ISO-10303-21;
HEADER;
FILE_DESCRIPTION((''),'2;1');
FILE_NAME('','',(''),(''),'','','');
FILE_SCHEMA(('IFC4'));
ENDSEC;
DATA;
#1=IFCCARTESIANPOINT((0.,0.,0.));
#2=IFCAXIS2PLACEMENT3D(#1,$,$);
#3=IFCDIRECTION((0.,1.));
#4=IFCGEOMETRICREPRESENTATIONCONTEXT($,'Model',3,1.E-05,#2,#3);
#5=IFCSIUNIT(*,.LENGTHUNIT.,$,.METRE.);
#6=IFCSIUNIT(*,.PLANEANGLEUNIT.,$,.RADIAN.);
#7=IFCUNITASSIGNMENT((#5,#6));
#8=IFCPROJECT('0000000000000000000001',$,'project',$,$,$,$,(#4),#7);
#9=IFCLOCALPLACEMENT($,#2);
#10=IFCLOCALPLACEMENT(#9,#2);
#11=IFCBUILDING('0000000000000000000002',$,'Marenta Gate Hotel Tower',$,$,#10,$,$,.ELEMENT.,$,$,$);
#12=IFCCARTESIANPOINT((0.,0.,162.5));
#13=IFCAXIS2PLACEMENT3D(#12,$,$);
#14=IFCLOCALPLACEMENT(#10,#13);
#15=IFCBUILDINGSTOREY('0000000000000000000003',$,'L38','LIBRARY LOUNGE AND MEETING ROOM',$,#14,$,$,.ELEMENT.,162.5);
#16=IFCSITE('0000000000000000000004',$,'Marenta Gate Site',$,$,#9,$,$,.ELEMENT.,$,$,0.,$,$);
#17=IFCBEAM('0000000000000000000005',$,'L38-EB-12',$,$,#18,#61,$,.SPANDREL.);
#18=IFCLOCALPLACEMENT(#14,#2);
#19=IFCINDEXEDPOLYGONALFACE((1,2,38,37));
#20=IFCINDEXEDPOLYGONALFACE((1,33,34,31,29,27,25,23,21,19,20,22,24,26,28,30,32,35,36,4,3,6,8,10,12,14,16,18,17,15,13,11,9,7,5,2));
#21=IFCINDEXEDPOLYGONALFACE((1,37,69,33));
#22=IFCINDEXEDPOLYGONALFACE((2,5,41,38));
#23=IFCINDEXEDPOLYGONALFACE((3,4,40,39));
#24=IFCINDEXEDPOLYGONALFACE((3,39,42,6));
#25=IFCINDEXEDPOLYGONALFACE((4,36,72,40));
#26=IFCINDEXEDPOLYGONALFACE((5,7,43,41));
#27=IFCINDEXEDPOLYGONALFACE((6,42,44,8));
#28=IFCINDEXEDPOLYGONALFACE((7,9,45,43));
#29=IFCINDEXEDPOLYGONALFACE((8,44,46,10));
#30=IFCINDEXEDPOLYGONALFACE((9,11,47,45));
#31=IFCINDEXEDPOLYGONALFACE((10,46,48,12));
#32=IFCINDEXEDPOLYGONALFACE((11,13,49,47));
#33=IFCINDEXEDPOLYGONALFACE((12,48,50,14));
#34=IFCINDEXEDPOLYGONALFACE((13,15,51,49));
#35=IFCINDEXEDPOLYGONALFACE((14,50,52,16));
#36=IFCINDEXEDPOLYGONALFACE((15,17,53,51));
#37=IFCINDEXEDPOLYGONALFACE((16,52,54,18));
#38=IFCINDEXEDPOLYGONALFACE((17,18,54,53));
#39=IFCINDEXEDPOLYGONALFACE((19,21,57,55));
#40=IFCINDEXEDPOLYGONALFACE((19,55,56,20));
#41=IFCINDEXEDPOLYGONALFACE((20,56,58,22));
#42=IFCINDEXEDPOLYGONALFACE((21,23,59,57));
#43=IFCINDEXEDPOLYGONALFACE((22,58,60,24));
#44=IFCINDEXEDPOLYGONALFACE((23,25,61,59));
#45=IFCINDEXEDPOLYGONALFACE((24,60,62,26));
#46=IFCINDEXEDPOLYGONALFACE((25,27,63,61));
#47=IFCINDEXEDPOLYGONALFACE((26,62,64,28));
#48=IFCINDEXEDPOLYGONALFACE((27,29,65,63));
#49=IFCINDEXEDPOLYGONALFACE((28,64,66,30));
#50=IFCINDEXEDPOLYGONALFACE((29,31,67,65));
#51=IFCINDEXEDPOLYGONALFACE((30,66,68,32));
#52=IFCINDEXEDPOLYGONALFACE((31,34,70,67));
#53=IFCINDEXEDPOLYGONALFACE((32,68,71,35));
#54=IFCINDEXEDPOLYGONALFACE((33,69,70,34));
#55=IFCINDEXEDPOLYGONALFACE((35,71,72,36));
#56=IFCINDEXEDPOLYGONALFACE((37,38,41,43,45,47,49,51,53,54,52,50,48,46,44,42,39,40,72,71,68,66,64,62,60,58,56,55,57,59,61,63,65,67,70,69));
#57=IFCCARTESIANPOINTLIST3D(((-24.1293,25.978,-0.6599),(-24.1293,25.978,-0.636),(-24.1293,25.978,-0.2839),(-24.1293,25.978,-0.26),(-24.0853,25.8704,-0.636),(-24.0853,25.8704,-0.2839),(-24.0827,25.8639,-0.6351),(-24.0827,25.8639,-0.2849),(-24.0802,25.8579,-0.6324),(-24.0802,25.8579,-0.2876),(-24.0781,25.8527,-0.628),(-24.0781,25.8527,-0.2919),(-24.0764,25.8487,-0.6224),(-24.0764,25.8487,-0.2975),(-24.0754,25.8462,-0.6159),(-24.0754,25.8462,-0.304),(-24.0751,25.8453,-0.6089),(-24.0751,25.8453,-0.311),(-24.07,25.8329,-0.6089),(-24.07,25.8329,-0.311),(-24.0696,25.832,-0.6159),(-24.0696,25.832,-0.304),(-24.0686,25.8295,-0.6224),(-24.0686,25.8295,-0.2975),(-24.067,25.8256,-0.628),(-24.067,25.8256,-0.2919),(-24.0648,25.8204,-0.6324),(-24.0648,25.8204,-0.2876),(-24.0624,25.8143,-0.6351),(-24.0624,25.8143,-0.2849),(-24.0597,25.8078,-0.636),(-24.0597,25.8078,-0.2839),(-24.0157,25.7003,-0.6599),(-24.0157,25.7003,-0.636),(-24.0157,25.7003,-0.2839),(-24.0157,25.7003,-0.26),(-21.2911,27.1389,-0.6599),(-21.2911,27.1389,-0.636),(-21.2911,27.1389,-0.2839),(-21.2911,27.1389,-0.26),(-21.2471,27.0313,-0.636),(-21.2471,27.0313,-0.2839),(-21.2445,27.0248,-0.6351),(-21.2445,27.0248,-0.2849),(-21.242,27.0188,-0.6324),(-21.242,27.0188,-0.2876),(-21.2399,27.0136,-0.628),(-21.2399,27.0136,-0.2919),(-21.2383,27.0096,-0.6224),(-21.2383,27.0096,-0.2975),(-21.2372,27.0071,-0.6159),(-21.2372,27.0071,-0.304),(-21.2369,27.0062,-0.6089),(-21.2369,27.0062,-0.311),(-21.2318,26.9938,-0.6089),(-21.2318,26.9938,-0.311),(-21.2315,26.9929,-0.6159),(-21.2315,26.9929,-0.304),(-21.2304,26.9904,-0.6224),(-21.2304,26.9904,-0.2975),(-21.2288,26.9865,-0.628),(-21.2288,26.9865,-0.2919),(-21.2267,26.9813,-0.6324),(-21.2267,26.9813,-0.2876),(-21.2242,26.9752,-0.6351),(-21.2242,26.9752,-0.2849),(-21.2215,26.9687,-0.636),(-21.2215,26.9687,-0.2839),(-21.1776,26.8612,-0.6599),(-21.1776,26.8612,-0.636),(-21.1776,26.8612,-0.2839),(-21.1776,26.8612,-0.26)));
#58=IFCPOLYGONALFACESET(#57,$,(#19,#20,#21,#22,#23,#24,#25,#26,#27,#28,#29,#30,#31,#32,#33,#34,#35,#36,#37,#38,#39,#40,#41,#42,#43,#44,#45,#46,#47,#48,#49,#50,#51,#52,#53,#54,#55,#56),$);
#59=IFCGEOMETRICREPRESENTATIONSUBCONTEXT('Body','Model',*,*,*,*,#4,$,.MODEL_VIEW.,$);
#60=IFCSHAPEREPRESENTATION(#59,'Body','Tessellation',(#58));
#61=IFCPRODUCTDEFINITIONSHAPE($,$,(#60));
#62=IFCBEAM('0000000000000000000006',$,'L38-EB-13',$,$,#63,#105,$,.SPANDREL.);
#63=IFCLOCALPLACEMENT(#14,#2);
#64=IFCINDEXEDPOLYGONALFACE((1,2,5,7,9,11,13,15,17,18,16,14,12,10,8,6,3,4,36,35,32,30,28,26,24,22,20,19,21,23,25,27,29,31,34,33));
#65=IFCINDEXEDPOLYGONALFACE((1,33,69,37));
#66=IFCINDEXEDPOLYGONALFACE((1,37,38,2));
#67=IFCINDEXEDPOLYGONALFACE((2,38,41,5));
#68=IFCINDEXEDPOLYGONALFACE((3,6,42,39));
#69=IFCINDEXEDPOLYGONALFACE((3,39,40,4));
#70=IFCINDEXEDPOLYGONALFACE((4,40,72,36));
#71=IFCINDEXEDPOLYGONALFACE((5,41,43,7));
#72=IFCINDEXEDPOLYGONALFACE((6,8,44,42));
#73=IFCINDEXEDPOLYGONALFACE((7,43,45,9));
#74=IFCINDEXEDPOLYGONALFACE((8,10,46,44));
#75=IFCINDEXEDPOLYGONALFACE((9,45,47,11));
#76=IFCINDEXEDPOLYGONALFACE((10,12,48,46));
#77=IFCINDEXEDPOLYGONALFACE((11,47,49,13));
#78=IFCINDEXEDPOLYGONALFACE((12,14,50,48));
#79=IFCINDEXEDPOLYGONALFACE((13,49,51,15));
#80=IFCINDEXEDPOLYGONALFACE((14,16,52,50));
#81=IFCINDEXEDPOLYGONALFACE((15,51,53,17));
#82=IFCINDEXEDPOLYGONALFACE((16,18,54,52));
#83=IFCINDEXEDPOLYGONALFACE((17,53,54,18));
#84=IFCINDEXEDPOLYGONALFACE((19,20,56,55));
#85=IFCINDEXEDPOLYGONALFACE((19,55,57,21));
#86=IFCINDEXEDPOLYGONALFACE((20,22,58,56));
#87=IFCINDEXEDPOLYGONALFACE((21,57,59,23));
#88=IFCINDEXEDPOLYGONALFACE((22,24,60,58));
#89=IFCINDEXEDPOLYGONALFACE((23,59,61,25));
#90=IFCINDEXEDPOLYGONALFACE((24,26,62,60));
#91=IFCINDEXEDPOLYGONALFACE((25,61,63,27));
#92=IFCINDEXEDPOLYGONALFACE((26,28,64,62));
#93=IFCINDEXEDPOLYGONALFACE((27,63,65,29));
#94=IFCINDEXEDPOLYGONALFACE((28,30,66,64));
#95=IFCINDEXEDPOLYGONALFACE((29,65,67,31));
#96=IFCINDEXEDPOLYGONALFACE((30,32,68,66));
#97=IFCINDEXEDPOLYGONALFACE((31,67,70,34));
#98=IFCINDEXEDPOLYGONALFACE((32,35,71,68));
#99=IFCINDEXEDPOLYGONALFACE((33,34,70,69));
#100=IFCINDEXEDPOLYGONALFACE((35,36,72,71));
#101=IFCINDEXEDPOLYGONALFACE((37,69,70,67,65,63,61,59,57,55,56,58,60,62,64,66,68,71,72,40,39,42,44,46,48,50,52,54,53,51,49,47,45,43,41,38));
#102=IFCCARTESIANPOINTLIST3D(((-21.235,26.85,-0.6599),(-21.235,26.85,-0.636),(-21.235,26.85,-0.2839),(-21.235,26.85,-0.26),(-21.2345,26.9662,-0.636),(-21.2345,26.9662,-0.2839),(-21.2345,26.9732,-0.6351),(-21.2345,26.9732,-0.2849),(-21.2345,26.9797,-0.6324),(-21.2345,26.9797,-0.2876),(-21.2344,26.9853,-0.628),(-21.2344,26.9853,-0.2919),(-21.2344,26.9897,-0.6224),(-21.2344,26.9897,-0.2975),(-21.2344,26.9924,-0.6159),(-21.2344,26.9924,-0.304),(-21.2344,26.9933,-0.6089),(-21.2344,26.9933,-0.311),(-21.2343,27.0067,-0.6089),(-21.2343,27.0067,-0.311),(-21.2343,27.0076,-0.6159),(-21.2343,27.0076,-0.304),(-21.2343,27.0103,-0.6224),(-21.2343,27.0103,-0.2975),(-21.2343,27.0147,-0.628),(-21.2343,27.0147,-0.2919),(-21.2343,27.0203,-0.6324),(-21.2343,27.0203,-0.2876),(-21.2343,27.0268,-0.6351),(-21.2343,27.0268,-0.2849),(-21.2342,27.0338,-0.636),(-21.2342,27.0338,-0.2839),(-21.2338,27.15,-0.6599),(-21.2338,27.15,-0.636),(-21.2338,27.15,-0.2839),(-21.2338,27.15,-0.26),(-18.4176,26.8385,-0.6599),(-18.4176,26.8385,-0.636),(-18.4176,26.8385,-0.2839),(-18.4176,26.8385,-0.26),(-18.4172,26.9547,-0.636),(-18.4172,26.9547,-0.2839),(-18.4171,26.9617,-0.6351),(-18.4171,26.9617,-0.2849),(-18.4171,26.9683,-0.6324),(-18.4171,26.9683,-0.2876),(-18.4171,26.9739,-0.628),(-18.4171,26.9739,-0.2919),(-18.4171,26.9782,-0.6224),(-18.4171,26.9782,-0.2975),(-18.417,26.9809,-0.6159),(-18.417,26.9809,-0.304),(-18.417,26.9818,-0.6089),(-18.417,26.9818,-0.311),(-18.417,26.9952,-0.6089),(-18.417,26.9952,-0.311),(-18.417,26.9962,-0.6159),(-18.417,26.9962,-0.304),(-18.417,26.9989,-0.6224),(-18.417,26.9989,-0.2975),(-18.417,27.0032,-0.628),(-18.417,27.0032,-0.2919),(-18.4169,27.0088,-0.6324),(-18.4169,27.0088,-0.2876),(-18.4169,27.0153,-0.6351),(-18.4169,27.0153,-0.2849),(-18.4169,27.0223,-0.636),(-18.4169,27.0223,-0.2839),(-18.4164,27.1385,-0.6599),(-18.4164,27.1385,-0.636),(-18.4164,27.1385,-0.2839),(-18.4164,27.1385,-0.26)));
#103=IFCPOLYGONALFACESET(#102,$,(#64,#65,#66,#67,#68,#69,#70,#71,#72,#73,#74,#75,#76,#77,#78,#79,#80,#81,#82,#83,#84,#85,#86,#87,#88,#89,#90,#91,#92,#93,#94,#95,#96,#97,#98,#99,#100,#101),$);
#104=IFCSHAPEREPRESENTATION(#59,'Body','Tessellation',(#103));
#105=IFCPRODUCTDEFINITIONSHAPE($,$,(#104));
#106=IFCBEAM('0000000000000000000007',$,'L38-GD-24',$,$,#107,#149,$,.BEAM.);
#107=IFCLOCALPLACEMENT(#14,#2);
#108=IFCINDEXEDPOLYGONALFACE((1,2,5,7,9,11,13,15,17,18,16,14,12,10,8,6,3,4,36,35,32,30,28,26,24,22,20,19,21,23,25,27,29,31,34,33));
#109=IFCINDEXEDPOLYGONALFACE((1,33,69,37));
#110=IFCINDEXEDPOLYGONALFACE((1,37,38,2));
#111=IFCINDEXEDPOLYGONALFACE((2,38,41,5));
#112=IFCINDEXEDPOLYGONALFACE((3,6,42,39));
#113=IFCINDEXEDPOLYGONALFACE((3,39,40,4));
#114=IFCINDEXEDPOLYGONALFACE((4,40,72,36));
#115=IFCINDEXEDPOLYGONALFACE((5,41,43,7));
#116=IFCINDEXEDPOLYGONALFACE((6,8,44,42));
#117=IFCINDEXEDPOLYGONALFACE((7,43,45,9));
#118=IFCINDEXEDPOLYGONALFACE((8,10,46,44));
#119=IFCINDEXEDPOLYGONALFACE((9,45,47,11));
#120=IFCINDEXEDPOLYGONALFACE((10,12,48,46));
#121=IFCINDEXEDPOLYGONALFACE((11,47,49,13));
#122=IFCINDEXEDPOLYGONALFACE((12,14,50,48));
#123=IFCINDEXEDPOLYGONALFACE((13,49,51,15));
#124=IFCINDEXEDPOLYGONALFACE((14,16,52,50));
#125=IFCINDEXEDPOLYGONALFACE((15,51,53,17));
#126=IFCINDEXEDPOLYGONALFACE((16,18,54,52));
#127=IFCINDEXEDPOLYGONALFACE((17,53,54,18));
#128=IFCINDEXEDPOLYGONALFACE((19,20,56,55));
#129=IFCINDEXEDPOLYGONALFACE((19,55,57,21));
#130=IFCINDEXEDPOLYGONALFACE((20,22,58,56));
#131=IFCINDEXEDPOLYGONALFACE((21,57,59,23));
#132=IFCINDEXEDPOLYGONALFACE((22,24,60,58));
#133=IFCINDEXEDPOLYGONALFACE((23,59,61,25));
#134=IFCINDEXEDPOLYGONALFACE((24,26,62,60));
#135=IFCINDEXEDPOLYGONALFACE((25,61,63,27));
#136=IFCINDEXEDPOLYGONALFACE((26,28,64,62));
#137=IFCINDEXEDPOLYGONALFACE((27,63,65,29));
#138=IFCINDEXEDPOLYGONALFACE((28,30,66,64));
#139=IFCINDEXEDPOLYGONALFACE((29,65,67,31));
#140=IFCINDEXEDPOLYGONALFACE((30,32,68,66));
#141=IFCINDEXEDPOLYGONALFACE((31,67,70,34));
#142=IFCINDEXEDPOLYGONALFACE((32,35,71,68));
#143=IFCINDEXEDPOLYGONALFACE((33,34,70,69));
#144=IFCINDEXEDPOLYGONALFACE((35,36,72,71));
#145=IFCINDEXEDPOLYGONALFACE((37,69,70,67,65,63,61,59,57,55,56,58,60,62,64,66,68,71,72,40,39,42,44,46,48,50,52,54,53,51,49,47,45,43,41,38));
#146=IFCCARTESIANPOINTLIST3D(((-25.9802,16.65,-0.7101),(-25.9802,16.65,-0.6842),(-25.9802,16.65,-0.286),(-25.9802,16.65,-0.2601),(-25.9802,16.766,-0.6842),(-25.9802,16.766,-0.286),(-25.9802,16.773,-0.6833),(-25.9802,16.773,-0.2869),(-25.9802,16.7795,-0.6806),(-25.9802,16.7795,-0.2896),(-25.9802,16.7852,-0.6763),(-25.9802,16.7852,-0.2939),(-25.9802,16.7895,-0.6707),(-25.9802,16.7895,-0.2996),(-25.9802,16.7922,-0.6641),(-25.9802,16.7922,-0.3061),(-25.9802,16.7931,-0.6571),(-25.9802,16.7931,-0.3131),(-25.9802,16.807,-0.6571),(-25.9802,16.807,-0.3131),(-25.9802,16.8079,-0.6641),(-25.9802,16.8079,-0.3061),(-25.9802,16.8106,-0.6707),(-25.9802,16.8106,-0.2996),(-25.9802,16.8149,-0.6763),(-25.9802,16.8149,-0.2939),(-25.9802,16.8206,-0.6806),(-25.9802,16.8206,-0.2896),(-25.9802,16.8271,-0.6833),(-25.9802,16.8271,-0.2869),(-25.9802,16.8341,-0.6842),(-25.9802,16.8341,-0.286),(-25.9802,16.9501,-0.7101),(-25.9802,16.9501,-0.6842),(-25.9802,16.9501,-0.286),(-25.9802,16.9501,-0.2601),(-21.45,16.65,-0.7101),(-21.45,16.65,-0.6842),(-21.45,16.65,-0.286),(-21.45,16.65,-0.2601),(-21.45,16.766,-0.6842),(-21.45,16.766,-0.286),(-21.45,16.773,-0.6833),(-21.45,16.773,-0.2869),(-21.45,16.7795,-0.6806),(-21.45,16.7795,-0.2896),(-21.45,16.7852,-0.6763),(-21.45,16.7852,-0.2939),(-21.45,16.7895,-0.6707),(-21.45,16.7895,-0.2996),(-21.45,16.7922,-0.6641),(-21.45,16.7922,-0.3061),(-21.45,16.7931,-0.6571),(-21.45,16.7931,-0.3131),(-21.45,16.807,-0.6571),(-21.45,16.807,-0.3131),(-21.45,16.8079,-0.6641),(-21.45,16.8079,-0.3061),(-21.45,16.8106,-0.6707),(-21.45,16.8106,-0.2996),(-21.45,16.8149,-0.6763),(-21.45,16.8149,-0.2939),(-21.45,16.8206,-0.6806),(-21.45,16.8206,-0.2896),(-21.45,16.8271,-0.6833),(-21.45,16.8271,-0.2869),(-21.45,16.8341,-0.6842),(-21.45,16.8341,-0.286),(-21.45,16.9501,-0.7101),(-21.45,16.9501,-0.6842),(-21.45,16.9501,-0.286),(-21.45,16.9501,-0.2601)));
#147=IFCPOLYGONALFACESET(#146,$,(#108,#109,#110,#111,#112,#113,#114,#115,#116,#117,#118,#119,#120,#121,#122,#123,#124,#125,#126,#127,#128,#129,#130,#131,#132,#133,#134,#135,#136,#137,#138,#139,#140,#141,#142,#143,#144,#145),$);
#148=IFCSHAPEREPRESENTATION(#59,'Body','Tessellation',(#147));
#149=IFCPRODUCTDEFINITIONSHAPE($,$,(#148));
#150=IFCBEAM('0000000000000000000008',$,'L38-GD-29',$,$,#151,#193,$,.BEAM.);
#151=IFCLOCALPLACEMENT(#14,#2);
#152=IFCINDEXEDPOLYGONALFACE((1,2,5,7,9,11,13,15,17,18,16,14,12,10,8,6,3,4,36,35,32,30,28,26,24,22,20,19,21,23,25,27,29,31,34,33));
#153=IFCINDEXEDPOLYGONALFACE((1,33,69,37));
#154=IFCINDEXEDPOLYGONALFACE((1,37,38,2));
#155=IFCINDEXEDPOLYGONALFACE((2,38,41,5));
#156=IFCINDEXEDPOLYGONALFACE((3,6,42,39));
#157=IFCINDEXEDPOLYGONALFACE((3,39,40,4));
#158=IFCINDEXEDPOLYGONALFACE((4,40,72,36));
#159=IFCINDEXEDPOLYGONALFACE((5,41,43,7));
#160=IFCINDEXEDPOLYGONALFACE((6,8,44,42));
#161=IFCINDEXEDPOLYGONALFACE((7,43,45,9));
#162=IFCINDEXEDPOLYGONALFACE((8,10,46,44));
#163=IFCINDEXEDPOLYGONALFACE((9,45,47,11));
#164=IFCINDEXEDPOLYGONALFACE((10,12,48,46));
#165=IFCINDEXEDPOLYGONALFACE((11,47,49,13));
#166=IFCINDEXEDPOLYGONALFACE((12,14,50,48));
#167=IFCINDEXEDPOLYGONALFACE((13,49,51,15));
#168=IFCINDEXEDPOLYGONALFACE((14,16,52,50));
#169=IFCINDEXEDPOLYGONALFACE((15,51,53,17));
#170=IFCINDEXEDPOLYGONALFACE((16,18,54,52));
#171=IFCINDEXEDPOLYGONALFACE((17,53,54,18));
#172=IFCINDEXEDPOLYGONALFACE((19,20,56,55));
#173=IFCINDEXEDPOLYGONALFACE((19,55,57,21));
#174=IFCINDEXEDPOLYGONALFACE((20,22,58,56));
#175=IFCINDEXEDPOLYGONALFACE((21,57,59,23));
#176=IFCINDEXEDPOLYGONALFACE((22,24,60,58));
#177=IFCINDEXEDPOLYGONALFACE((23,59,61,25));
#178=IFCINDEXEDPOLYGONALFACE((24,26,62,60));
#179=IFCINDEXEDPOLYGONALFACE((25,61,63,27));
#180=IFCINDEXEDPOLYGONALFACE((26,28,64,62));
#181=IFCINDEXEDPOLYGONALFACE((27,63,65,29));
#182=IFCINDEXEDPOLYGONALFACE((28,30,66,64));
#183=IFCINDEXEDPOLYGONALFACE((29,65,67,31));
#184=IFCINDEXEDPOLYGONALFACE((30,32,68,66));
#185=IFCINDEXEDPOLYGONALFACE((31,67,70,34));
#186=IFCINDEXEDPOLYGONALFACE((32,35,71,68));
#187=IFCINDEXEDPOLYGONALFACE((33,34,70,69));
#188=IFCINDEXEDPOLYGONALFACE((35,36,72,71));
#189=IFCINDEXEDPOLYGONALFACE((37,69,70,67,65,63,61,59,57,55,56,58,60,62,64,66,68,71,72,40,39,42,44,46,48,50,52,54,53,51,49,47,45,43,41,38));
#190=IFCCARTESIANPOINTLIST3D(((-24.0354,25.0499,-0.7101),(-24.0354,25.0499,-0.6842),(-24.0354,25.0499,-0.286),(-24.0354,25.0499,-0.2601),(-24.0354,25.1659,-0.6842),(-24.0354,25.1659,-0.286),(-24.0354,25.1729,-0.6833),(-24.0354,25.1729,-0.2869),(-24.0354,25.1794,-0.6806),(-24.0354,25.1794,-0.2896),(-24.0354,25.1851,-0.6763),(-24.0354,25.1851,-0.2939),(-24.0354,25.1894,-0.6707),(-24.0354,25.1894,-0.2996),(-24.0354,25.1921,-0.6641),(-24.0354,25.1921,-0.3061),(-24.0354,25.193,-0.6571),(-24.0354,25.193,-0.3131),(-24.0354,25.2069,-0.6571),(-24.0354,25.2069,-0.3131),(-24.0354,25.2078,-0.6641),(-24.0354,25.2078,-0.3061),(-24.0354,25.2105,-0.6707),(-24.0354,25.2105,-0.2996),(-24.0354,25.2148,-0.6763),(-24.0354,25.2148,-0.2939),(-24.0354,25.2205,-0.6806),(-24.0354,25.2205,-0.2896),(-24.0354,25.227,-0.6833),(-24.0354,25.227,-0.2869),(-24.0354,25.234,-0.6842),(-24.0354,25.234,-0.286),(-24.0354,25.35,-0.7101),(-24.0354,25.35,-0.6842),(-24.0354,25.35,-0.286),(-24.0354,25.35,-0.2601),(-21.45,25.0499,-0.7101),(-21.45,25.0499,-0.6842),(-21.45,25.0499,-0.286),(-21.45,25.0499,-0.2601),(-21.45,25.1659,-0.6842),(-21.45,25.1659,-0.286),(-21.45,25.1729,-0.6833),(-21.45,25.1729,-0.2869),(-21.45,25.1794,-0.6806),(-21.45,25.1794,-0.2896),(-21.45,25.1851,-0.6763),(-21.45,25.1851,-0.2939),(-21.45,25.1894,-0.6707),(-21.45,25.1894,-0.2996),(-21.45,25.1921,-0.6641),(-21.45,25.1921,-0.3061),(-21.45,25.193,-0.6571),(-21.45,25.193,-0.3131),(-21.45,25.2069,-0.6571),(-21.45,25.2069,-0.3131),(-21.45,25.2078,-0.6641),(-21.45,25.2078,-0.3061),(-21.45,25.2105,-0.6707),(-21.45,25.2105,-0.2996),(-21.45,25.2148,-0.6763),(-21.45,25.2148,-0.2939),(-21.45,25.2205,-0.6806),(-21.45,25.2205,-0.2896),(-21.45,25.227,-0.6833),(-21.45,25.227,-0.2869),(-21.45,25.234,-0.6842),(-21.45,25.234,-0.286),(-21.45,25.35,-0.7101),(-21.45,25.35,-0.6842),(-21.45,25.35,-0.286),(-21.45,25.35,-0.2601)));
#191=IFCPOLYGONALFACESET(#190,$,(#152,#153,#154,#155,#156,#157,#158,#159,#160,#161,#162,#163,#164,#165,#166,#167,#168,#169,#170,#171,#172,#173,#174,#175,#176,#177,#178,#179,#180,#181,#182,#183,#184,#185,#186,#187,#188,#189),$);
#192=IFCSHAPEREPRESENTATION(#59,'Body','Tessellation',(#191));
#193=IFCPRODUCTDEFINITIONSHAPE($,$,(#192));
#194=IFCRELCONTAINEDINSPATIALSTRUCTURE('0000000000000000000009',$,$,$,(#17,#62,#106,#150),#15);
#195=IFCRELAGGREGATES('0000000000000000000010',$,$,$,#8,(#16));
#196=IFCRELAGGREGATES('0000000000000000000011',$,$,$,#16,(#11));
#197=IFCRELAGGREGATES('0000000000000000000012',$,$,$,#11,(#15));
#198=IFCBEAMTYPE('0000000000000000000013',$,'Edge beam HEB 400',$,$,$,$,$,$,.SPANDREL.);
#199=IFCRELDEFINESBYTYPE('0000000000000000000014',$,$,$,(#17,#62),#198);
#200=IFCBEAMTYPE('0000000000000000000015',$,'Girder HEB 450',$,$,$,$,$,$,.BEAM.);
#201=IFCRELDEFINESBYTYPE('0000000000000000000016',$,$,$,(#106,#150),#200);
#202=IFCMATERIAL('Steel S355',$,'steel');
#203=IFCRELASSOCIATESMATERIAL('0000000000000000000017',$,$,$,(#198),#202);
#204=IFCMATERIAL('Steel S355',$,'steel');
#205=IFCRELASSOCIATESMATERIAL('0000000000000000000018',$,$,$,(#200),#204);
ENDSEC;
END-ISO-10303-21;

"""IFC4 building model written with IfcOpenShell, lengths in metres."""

from ifc_helpers import new_model, si_unit, direction, frame, origin, origin_2d, place, context, subcontext, project, spatial, i_section, extrude, material, material_profile, profile_set, type_object, element, save


model = new_model("IFC4")

# Units and contexts
model_context = context("Model", 3, precision=1e-05, world=origin(), true_north=direction((0.0, 1.0)))
body_context = subcontext(model_context, "Body", "Model", "MODEL_VIEW")
ifc_project = project(units=[si_unit("LENGTHUNIT", "METRE"), si_unit("PLANEANGLEUNIT", "RADIAN")], contexts=[model_context])

# Site, building, storey
site_placement = place(None, origin())
site = spatial("IfcSite", under=ifc_project, at=site_placement, Name="Marenta Gate Site", CompositionType="ELEMENT", RefElevation=0.0)
building_placement = place(site_placement, origin())
building = spatial("IfcBuilding", under=site, at=building_placement, Name="Marenta Gate Hotel Tower", CompositionType="ELEMENT")
storey_placement = place(building_placement, frame((0.0, 0.0, 162.5)))
storey = spatial("IfcBuildingStorey", under=building, at=storey_placement, Name="L38", Description="LIBRARY LOUNGE AND MEETING ROOM", CompositionType="ELEMENT", Elevation=162.5)

# Beams
ifc_material_1 = material(Name="Steel S355", Category="steel")
ifc_material_profile_1 = material_profile(ifc_material_1, i_section(OverallWidth=0.3, OverallDepth=0.3999, WebThickness=0.0134, FlangeThickness=0.0239, FilletRadius=0.0271, at=origin_2d()), Name="HEB 400")
ifc_profile_set_1 = profile_set([ifc_material_profile_1], Name="Steel S355")
beam_type_1 = type_object("IfcBeamType", Name="Edge beam HEB 400", PredefinedType="SPANDREL", material=ifc_profile_set_1)
beam_1_placement = place(storey_placement, frame((-24.0725, 25.8391, -0.46), z_axis=(0.925566, 0.378586, 0.0), x_axis=(-0.378586, 0.925566, 0.0)))
element("IfcBeam", 1, at=beam_1_placement, inside=storey, type_object=beam_type_1, Name="L38-EB-12", PredefinedType="SPANDREL", context=body_context, shape_type="SweptSolid", body=[
    extrude(i_section(OverallWidth=0.3, OverallDepth=0.3999, WebThickness=0.0134, FlangeThickness=0.0239, FilletRadius=0.0271, at=origin_2d()), origin(), (0.0, 0.0, 1.0), 3.0664),
])
beam_2_placement = place(storey_placement, frame((-21.2344, 27.0, -0.46), z_axis=(0.999992, -0.004073, 0.0), x_axis=(0.004073, 0.999992, 0.0)))
element("IfcBeam", 2, at=beam_2_placement, inside=storey, type_object=beam_type_1, Name="L38-EB-13", PredefinedType="SPANDREL", context=body_context, shape_type="SweptSolid", body=[
    extrude(i_section(OverallWidth=0.3, OverallDepth=0.3999, WebThickness=0.0134, FlangeThickness=0.0239, FilletRadius=0.0271, at=origin_2d()), origin(), (0.0, 0.0, 1.0), 2.8174),
])
ifc_material_2 = material(Name="Steel S355", Category="steel")
ifc_material_profile_2 = material_profile(ifc_material_2, i_section(OverallWidth=0.3, OverallDepth=0.45, WebThickness=0.0139, FlangeThickness=0.0259, FilletRadius=0.0271, at=origin_2d()), Name="HEB 450")
ifc_profile_set_2 = profile_set([ifc_material_profile_2], Name="Steel S355")
beam_type_2 = type_object("IfcBeamType", Name="Girder HEB 450", PredefinedType="BEAM", material=ifc_profile_set_2)
beam_3_placement = place(storey_placement, frame((-25.9802, 16.8, -0.4851), z_axis=(1.0, 0.0, 0.0), x_axis=(0.0, 1.0, 0.0)))
element("IfcBeam", 3, at=beam_3_placement, inside=storey, type_object=beam_type_2, Name="L38-GD-24", PredefinedType="BEAM", context=body_context, shape_type="SweptSolid", body=[
    extrude(i_section(OverallWidth=0.3, OverallDepth=0.45, WebThickness=0.0139, FlangeThickness=0.0259, FilletRadius=0.0271, at=origin_2d()), origin(), (0.0, 0.0, 1.0), 4.5303),
])
beam_4_placement = place(storey_placement, frame((-24.0354, 25.2, -0.4851), z_axis=(1.0, 0.0, 0.0), x_axis=(0.0, 1.0, 0.0)))
element("IfcBeam", 4, at=beam_4_placement, inside=storey, type_object=beam_type_2, Name="L38-GD-29", PredefinedType="BEAM", context=body_context, shape_type="SweptSolid", body=[
    extrude(i_section(OverallWidth=0.3, OverallDepth=0.45, WebThickness=0.0139, FlangeThickness=0.0259, FilletRadius=0.0271, at=origin_2d()), origin(), (0.0, 0.0, 1.0), 2.5854),
])

save(model, "model.ifc")
